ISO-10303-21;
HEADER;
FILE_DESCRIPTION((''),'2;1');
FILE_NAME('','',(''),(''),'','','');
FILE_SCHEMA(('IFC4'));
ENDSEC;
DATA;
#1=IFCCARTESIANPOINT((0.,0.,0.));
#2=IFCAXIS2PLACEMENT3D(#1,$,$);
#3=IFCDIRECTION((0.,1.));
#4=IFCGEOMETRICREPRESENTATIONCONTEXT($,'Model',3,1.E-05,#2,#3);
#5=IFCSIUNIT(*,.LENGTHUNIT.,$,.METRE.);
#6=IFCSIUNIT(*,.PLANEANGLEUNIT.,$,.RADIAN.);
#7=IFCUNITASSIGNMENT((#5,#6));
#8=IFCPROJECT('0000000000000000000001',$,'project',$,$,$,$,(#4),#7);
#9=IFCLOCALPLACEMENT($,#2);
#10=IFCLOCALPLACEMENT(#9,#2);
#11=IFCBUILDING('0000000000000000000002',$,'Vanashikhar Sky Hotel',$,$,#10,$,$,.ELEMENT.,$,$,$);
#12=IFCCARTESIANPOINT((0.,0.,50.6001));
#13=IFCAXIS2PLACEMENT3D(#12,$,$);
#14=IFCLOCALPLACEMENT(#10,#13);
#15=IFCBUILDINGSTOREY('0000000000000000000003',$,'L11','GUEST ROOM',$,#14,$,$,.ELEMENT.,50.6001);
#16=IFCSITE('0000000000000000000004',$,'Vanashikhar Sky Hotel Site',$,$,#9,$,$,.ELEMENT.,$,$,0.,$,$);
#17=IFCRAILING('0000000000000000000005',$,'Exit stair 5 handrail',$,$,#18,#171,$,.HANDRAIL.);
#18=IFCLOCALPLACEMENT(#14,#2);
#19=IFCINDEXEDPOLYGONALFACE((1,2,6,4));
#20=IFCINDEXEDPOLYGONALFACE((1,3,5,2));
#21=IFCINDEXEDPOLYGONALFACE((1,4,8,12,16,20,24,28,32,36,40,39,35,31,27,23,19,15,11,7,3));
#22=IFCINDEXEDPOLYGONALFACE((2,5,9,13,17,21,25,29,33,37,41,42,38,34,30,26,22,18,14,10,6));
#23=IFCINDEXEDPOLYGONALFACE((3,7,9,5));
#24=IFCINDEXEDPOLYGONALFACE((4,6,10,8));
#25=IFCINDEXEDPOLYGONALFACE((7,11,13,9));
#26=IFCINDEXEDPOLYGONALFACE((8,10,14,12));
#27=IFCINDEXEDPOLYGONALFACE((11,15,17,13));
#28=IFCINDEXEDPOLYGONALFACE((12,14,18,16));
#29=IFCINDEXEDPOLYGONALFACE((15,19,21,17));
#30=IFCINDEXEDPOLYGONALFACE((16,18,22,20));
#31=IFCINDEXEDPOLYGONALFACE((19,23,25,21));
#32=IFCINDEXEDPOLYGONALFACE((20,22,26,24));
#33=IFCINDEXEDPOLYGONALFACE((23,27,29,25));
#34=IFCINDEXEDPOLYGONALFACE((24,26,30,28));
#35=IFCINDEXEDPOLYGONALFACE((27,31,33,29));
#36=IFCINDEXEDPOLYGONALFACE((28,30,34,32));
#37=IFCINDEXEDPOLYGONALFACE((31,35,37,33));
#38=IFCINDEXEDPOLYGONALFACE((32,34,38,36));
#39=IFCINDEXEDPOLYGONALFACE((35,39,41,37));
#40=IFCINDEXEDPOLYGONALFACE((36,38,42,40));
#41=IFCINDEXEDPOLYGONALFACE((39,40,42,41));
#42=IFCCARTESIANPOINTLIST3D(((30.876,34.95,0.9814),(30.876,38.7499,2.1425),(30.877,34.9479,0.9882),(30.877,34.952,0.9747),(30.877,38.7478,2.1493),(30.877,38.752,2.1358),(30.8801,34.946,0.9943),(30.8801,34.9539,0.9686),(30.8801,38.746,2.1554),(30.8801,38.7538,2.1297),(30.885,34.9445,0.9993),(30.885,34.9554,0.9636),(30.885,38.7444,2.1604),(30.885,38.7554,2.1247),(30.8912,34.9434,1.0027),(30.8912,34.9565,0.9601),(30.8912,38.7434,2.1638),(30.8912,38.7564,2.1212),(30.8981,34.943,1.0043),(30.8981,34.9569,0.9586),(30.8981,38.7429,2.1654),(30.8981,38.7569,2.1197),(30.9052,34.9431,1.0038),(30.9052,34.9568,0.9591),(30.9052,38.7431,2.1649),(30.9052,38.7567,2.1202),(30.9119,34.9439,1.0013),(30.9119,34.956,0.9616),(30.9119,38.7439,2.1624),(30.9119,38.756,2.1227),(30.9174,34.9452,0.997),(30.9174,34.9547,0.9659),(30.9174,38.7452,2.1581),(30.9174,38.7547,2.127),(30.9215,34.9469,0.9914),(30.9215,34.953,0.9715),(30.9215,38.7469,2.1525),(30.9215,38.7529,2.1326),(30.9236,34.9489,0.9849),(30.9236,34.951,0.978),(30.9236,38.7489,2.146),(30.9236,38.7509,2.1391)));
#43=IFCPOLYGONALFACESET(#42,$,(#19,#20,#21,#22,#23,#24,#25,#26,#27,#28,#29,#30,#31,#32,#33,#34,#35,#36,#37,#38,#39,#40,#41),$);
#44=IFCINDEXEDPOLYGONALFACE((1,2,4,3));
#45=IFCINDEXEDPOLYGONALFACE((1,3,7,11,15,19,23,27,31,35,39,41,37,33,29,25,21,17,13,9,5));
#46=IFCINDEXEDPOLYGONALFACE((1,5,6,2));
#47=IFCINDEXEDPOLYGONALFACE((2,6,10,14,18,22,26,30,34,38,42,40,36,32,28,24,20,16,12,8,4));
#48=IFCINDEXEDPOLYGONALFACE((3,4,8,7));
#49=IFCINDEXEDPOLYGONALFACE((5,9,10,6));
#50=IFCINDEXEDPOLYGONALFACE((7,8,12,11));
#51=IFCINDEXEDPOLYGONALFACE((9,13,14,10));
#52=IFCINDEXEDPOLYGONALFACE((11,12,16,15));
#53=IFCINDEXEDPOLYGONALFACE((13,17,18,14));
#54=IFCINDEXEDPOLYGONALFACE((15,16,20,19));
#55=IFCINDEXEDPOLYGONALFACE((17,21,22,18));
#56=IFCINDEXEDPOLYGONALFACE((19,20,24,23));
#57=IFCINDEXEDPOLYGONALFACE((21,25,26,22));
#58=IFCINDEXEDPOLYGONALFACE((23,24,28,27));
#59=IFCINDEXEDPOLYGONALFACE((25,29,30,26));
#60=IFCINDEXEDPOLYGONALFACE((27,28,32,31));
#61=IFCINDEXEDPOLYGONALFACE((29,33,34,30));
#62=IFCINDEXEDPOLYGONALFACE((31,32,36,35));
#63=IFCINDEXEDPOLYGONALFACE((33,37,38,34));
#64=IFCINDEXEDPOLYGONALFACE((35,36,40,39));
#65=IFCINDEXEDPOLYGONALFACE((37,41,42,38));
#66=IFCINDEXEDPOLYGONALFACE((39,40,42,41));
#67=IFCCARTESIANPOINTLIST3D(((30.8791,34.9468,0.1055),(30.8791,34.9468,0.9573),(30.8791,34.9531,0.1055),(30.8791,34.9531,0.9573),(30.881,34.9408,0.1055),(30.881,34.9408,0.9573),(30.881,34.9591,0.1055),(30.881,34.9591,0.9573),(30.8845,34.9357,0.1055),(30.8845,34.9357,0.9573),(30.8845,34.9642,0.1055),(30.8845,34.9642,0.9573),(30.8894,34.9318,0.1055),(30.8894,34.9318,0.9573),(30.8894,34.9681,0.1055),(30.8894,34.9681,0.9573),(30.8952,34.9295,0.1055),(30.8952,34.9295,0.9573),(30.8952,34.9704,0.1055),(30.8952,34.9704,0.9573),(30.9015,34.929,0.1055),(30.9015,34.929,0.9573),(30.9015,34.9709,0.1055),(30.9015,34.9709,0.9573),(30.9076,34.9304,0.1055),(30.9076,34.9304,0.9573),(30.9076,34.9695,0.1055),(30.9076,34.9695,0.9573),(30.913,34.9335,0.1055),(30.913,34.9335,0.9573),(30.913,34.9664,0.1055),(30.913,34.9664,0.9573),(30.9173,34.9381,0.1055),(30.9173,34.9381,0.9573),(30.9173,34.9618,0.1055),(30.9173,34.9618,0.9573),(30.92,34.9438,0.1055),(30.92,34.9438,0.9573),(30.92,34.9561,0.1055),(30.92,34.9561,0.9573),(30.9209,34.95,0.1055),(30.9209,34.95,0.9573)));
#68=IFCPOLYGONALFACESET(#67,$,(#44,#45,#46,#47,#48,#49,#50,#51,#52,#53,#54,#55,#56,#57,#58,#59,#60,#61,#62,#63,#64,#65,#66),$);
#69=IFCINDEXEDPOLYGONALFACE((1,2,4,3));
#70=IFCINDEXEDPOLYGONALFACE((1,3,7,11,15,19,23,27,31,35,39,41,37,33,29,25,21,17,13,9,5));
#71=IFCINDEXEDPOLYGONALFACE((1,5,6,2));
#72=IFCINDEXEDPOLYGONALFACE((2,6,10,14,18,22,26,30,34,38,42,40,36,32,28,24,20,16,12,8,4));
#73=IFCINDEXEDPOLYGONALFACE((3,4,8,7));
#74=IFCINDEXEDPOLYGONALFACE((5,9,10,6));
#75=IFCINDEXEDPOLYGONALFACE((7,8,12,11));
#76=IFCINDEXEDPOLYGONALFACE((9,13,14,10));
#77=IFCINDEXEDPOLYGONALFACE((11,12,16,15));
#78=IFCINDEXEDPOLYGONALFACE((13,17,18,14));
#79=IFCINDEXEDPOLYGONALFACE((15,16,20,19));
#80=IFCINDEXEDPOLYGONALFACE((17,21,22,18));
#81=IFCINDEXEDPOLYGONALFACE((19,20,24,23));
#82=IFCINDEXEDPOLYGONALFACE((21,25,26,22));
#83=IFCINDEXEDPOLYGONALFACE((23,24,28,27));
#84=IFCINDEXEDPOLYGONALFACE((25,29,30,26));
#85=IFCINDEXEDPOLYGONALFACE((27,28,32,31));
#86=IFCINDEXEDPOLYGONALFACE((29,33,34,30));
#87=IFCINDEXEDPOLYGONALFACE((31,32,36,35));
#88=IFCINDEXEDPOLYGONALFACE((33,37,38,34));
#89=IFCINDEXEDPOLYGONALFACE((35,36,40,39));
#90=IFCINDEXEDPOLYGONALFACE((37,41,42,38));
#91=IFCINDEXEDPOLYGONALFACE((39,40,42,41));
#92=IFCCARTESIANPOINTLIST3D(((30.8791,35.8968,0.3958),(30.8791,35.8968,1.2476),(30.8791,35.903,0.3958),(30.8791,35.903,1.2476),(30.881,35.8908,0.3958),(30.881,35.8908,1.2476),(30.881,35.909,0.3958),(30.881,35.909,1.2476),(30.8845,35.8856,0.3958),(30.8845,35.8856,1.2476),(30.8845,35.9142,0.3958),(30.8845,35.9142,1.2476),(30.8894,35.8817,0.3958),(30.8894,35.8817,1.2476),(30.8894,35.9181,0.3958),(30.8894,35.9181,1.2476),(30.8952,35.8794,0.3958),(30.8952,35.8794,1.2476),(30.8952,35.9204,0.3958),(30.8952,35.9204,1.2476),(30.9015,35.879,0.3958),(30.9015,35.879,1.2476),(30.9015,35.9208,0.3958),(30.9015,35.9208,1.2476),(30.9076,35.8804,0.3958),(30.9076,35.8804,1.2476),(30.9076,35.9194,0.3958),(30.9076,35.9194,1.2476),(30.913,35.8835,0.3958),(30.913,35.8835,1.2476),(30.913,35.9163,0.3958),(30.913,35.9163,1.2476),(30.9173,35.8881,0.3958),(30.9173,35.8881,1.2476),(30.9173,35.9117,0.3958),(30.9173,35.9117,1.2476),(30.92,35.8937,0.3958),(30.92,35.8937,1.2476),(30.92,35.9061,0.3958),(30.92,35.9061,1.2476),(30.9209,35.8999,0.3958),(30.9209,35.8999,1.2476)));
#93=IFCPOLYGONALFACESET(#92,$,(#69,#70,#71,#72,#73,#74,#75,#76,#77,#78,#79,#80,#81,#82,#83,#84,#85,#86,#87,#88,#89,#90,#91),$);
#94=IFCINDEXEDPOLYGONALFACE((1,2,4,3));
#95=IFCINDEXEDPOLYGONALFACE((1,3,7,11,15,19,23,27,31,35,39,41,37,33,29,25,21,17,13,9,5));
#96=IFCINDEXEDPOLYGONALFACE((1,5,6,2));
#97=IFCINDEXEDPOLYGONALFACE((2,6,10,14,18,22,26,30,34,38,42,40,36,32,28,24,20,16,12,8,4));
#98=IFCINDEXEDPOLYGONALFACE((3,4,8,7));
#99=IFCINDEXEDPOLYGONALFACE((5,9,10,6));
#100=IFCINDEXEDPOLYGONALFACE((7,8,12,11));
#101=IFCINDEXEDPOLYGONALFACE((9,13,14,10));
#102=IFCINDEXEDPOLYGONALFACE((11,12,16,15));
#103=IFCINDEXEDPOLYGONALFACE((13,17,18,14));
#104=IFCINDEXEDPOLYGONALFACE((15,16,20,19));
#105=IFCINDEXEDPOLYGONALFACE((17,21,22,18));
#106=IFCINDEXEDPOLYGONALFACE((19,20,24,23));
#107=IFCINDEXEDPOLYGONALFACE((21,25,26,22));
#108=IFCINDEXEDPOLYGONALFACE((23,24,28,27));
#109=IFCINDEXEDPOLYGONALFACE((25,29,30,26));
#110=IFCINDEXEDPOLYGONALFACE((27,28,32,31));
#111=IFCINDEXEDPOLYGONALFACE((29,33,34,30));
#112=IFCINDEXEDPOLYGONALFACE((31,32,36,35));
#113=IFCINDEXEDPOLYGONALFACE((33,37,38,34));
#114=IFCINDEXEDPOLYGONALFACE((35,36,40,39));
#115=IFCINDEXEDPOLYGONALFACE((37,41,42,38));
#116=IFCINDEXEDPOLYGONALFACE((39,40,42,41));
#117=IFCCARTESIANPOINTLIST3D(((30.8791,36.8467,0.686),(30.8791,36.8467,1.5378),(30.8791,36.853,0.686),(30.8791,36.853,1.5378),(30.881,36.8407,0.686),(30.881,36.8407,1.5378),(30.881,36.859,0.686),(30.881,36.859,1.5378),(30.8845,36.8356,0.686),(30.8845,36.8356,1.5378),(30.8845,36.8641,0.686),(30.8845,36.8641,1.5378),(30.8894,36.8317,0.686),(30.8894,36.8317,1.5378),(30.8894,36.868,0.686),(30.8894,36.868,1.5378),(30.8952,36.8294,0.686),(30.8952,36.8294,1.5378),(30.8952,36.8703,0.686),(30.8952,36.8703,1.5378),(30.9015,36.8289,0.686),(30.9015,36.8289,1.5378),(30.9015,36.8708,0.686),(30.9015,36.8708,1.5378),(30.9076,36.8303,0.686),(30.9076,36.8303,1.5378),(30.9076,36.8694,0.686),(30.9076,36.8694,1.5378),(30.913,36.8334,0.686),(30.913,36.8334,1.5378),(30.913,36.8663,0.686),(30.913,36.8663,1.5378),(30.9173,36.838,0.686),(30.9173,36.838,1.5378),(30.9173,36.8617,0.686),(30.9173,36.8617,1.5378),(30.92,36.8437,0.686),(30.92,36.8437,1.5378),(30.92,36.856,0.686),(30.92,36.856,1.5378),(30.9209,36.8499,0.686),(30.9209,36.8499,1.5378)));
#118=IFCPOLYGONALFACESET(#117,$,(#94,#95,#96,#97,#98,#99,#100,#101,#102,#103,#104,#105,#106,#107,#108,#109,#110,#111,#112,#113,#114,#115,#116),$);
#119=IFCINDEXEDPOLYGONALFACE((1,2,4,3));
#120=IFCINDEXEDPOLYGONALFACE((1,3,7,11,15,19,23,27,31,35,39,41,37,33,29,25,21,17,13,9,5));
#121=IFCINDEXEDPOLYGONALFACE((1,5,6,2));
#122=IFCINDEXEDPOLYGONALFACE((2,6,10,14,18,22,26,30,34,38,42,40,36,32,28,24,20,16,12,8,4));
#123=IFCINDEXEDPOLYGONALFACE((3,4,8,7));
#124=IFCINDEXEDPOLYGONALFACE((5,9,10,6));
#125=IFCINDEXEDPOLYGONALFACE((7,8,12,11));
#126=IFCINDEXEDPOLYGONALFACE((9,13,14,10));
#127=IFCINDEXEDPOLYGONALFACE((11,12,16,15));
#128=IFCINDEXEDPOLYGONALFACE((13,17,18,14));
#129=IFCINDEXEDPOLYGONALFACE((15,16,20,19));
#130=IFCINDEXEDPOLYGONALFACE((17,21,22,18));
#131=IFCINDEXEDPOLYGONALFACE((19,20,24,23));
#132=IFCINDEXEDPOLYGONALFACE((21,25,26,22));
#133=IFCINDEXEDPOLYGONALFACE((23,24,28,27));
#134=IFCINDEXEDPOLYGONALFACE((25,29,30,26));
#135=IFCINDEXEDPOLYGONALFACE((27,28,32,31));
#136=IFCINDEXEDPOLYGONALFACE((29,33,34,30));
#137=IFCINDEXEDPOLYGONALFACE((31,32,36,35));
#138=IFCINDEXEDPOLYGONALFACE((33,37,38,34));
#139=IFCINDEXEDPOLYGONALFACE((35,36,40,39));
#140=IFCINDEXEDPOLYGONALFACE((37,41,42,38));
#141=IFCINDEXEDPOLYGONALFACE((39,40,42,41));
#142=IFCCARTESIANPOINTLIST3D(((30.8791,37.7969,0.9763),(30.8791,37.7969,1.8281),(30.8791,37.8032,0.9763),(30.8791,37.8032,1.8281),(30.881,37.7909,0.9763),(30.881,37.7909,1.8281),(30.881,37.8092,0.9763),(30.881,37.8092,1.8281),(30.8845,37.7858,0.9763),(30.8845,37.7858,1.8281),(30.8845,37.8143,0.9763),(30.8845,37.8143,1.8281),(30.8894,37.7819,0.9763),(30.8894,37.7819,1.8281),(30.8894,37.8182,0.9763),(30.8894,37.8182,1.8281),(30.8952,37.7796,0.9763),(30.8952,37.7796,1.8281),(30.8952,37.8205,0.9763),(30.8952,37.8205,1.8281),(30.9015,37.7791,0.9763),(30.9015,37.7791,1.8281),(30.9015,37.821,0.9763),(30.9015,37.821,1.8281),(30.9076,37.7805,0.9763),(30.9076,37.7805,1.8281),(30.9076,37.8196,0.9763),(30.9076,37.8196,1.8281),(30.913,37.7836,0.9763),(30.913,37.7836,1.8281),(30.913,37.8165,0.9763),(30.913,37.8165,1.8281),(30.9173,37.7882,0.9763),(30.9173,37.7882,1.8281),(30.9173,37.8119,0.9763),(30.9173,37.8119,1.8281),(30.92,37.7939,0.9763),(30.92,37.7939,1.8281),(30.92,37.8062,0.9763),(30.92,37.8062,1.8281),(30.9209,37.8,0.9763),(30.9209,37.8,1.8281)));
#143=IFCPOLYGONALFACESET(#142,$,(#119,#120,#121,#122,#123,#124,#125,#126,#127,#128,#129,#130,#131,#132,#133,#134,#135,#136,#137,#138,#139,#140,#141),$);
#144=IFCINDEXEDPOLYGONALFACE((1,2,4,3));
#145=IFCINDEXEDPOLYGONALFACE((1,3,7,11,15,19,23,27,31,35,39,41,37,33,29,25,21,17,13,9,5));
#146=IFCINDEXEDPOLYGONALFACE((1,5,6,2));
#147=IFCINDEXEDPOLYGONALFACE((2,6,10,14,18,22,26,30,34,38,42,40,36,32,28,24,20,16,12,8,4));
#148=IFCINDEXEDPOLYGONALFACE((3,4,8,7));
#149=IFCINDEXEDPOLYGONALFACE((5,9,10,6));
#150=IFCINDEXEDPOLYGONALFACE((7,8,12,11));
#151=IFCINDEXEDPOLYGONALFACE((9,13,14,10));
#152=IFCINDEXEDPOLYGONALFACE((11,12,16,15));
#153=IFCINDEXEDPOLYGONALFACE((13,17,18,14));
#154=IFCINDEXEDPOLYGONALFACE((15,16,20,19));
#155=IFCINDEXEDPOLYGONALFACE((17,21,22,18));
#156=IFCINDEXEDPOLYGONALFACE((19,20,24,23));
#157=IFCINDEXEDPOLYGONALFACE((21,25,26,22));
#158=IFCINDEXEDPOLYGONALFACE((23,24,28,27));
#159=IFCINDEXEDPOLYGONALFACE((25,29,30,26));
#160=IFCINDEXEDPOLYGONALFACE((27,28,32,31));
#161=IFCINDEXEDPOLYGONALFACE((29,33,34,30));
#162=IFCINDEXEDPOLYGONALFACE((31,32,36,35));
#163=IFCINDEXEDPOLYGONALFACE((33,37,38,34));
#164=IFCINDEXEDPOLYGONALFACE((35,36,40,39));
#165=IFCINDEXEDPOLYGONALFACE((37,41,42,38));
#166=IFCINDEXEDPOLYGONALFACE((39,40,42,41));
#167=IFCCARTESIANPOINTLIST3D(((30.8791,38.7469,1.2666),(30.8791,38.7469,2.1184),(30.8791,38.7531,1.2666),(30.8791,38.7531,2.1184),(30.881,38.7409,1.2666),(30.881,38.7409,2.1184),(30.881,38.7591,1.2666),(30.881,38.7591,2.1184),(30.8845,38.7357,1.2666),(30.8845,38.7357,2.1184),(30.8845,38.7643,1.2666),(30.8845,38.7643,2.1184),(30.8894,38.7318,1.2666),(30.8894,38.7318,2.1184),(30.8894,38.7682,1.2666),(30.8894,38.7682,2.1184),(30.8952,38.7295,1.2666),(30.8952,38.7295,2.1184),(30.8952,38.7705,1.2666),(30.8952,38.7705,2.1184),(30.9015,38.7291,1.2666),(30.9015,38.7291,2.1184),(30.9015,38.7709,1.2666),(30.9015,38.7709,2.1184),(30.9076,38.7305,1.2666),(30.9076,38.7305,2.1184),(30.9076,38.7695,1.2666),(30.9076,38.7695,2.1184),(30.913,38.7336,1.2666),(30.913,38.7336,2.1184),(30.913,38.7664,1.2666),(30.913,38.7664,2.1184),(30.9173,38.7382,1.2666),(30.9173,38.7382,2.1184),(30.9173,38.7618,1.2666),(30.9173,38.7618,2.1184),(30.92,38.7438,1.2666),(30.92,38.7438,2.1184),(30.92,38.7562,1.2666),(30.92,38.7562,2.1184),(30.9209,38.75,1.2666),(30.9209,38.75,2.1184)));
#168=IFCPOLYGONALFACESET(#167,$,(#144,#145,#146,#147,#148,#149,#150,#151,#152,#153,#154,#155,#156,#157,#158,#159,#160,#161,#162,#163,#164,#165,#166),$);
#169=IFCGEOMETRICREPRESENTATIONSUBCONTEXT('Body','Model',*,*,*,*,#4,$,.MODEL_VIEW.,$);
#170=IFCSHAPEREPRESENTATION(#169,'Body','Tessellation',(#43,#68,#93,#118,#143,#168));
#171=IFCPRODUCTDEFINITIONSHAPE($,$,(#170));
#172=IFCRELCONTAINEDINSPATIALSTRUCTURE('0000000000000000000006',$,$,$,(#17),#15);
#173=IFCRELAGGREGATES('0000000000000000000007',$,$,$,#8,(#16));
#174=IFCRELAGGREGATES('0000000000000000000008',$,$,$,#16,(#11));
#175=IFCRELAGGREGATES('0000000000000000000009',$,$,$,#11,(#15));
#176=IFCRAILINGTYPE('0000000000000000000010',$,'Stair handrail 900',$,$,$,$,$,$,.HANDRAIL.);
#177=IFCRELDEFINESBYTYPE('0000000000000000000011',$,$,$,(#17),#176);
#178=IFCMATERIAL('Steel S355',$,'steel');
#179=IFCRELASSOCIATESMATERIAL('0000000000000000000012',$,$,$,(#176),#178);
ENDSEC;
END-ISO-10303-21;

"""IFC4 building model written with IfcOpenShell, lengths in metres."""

from ifc_helpers import new_model, si_unit, direction, frame, origin, origin_2d, place, context, subcontext, project, spatial, circle, extrude, source, transform, mapped, material, type_object, element, save


model = new_model("IFC4")

# Units and contexts
model_context = context("Model", 3, precision=1e-05, world=origin(), true_north=direction((0.0, 1.0)))
body_context = subcontext(model_context, "Body", "Model", "MODEL_VIEW")
ifc_project = project(units=[si_unit("LENGTHUNIT", "METRE"), si_unit("PLANEANGLEUNIT", "RADIAN")], contexts=[model_context])

# Site, building, storey
site_placement = place(None, origin())
site = spatial("IfcSite", under=ifc_project, at=site_placement, Name="Vanashikhar Sky Hotel Site", CompositionType="ELEMENT", RefElevation=0.0)
building_placement = place(site_placement, origin())
building = spatial("IfcBuilding", under=site, at=building_placement, Name="Vanashikhar Sky Hotel", CompositionType="ELEMENT")
storey_placement = place(building_placement, frame((0.0, 0.0, 50.6001)))
storey = spatial("IfcBuildingStorey", under=building, at=storey_placement, Name="L11", Description="GUEST ROOM", CompositionType="ELEMENT", Elevation=50.6001)

# Railing
ifc_material_1 = material(Name="Steel S355", Category="steel")
railing_type_1 = type_object("IfcRailingType", Name="Stair handrail 900", PredefinedType="HANDRAIL", material=ifc_material_1)
shared_shape_1 = source(origin(), body_context, "Body", "SweptSolid", [
    extrude(circle(Radius=0.0239, at=origin_2d()), frame((0.0, 0.0, 0.876), z_axis=(0.0, 0.956351, 0.29222), x_axis=(-1.0, 0.0, 0.0)), (0.0, 0.0, 1.0), 3.9734),
    extrude(circle(Radius=0.021, at=origin_2d()), origin(), (0.0, 0.0, 1.0), 0.8518),
    extrude(circle(Radius=0.021, at=origin_2d()), frame((0.0, 0.95, 0.2903)), (0.0, 0.0, 1.0), 0.8518),
    extrude(circle(Radius=0.021, at=origin_2d()), frame((0.0, 1.8999, 0.5806)), (0.0, 0.0, 1.0), 0.8518),
    extrude(circle(Radius=0.021, at=origin_2d()), frame((0.0, 2.8501, 0.8708)), (0.0, 0.0, 1.0), 0.8518),
    extrude(circle(Radius=0.021, at=origin_2d()), frame((0.0, 3.8, 1.1611)), (0.0, 0.0, 1.0), 0.8518),
])
for number, where, name in (
    (1, (30.8999, 34.95, 0.1055), "Exit stair 5 handrail"),
):
    element("IfcRailing", number, at=place(storey_placement, frame(where)), inside=storey, type_object=railing_type_1, Name=name, PredefinedType="HANDRAIL", context=body_context, shape_type="MappedRepresentation", body=[
        mapped(shared_shape_1, transform((0.0, 0.0, 0.0), scale=1.0)),
    ])

save(model, "model.ifc")
